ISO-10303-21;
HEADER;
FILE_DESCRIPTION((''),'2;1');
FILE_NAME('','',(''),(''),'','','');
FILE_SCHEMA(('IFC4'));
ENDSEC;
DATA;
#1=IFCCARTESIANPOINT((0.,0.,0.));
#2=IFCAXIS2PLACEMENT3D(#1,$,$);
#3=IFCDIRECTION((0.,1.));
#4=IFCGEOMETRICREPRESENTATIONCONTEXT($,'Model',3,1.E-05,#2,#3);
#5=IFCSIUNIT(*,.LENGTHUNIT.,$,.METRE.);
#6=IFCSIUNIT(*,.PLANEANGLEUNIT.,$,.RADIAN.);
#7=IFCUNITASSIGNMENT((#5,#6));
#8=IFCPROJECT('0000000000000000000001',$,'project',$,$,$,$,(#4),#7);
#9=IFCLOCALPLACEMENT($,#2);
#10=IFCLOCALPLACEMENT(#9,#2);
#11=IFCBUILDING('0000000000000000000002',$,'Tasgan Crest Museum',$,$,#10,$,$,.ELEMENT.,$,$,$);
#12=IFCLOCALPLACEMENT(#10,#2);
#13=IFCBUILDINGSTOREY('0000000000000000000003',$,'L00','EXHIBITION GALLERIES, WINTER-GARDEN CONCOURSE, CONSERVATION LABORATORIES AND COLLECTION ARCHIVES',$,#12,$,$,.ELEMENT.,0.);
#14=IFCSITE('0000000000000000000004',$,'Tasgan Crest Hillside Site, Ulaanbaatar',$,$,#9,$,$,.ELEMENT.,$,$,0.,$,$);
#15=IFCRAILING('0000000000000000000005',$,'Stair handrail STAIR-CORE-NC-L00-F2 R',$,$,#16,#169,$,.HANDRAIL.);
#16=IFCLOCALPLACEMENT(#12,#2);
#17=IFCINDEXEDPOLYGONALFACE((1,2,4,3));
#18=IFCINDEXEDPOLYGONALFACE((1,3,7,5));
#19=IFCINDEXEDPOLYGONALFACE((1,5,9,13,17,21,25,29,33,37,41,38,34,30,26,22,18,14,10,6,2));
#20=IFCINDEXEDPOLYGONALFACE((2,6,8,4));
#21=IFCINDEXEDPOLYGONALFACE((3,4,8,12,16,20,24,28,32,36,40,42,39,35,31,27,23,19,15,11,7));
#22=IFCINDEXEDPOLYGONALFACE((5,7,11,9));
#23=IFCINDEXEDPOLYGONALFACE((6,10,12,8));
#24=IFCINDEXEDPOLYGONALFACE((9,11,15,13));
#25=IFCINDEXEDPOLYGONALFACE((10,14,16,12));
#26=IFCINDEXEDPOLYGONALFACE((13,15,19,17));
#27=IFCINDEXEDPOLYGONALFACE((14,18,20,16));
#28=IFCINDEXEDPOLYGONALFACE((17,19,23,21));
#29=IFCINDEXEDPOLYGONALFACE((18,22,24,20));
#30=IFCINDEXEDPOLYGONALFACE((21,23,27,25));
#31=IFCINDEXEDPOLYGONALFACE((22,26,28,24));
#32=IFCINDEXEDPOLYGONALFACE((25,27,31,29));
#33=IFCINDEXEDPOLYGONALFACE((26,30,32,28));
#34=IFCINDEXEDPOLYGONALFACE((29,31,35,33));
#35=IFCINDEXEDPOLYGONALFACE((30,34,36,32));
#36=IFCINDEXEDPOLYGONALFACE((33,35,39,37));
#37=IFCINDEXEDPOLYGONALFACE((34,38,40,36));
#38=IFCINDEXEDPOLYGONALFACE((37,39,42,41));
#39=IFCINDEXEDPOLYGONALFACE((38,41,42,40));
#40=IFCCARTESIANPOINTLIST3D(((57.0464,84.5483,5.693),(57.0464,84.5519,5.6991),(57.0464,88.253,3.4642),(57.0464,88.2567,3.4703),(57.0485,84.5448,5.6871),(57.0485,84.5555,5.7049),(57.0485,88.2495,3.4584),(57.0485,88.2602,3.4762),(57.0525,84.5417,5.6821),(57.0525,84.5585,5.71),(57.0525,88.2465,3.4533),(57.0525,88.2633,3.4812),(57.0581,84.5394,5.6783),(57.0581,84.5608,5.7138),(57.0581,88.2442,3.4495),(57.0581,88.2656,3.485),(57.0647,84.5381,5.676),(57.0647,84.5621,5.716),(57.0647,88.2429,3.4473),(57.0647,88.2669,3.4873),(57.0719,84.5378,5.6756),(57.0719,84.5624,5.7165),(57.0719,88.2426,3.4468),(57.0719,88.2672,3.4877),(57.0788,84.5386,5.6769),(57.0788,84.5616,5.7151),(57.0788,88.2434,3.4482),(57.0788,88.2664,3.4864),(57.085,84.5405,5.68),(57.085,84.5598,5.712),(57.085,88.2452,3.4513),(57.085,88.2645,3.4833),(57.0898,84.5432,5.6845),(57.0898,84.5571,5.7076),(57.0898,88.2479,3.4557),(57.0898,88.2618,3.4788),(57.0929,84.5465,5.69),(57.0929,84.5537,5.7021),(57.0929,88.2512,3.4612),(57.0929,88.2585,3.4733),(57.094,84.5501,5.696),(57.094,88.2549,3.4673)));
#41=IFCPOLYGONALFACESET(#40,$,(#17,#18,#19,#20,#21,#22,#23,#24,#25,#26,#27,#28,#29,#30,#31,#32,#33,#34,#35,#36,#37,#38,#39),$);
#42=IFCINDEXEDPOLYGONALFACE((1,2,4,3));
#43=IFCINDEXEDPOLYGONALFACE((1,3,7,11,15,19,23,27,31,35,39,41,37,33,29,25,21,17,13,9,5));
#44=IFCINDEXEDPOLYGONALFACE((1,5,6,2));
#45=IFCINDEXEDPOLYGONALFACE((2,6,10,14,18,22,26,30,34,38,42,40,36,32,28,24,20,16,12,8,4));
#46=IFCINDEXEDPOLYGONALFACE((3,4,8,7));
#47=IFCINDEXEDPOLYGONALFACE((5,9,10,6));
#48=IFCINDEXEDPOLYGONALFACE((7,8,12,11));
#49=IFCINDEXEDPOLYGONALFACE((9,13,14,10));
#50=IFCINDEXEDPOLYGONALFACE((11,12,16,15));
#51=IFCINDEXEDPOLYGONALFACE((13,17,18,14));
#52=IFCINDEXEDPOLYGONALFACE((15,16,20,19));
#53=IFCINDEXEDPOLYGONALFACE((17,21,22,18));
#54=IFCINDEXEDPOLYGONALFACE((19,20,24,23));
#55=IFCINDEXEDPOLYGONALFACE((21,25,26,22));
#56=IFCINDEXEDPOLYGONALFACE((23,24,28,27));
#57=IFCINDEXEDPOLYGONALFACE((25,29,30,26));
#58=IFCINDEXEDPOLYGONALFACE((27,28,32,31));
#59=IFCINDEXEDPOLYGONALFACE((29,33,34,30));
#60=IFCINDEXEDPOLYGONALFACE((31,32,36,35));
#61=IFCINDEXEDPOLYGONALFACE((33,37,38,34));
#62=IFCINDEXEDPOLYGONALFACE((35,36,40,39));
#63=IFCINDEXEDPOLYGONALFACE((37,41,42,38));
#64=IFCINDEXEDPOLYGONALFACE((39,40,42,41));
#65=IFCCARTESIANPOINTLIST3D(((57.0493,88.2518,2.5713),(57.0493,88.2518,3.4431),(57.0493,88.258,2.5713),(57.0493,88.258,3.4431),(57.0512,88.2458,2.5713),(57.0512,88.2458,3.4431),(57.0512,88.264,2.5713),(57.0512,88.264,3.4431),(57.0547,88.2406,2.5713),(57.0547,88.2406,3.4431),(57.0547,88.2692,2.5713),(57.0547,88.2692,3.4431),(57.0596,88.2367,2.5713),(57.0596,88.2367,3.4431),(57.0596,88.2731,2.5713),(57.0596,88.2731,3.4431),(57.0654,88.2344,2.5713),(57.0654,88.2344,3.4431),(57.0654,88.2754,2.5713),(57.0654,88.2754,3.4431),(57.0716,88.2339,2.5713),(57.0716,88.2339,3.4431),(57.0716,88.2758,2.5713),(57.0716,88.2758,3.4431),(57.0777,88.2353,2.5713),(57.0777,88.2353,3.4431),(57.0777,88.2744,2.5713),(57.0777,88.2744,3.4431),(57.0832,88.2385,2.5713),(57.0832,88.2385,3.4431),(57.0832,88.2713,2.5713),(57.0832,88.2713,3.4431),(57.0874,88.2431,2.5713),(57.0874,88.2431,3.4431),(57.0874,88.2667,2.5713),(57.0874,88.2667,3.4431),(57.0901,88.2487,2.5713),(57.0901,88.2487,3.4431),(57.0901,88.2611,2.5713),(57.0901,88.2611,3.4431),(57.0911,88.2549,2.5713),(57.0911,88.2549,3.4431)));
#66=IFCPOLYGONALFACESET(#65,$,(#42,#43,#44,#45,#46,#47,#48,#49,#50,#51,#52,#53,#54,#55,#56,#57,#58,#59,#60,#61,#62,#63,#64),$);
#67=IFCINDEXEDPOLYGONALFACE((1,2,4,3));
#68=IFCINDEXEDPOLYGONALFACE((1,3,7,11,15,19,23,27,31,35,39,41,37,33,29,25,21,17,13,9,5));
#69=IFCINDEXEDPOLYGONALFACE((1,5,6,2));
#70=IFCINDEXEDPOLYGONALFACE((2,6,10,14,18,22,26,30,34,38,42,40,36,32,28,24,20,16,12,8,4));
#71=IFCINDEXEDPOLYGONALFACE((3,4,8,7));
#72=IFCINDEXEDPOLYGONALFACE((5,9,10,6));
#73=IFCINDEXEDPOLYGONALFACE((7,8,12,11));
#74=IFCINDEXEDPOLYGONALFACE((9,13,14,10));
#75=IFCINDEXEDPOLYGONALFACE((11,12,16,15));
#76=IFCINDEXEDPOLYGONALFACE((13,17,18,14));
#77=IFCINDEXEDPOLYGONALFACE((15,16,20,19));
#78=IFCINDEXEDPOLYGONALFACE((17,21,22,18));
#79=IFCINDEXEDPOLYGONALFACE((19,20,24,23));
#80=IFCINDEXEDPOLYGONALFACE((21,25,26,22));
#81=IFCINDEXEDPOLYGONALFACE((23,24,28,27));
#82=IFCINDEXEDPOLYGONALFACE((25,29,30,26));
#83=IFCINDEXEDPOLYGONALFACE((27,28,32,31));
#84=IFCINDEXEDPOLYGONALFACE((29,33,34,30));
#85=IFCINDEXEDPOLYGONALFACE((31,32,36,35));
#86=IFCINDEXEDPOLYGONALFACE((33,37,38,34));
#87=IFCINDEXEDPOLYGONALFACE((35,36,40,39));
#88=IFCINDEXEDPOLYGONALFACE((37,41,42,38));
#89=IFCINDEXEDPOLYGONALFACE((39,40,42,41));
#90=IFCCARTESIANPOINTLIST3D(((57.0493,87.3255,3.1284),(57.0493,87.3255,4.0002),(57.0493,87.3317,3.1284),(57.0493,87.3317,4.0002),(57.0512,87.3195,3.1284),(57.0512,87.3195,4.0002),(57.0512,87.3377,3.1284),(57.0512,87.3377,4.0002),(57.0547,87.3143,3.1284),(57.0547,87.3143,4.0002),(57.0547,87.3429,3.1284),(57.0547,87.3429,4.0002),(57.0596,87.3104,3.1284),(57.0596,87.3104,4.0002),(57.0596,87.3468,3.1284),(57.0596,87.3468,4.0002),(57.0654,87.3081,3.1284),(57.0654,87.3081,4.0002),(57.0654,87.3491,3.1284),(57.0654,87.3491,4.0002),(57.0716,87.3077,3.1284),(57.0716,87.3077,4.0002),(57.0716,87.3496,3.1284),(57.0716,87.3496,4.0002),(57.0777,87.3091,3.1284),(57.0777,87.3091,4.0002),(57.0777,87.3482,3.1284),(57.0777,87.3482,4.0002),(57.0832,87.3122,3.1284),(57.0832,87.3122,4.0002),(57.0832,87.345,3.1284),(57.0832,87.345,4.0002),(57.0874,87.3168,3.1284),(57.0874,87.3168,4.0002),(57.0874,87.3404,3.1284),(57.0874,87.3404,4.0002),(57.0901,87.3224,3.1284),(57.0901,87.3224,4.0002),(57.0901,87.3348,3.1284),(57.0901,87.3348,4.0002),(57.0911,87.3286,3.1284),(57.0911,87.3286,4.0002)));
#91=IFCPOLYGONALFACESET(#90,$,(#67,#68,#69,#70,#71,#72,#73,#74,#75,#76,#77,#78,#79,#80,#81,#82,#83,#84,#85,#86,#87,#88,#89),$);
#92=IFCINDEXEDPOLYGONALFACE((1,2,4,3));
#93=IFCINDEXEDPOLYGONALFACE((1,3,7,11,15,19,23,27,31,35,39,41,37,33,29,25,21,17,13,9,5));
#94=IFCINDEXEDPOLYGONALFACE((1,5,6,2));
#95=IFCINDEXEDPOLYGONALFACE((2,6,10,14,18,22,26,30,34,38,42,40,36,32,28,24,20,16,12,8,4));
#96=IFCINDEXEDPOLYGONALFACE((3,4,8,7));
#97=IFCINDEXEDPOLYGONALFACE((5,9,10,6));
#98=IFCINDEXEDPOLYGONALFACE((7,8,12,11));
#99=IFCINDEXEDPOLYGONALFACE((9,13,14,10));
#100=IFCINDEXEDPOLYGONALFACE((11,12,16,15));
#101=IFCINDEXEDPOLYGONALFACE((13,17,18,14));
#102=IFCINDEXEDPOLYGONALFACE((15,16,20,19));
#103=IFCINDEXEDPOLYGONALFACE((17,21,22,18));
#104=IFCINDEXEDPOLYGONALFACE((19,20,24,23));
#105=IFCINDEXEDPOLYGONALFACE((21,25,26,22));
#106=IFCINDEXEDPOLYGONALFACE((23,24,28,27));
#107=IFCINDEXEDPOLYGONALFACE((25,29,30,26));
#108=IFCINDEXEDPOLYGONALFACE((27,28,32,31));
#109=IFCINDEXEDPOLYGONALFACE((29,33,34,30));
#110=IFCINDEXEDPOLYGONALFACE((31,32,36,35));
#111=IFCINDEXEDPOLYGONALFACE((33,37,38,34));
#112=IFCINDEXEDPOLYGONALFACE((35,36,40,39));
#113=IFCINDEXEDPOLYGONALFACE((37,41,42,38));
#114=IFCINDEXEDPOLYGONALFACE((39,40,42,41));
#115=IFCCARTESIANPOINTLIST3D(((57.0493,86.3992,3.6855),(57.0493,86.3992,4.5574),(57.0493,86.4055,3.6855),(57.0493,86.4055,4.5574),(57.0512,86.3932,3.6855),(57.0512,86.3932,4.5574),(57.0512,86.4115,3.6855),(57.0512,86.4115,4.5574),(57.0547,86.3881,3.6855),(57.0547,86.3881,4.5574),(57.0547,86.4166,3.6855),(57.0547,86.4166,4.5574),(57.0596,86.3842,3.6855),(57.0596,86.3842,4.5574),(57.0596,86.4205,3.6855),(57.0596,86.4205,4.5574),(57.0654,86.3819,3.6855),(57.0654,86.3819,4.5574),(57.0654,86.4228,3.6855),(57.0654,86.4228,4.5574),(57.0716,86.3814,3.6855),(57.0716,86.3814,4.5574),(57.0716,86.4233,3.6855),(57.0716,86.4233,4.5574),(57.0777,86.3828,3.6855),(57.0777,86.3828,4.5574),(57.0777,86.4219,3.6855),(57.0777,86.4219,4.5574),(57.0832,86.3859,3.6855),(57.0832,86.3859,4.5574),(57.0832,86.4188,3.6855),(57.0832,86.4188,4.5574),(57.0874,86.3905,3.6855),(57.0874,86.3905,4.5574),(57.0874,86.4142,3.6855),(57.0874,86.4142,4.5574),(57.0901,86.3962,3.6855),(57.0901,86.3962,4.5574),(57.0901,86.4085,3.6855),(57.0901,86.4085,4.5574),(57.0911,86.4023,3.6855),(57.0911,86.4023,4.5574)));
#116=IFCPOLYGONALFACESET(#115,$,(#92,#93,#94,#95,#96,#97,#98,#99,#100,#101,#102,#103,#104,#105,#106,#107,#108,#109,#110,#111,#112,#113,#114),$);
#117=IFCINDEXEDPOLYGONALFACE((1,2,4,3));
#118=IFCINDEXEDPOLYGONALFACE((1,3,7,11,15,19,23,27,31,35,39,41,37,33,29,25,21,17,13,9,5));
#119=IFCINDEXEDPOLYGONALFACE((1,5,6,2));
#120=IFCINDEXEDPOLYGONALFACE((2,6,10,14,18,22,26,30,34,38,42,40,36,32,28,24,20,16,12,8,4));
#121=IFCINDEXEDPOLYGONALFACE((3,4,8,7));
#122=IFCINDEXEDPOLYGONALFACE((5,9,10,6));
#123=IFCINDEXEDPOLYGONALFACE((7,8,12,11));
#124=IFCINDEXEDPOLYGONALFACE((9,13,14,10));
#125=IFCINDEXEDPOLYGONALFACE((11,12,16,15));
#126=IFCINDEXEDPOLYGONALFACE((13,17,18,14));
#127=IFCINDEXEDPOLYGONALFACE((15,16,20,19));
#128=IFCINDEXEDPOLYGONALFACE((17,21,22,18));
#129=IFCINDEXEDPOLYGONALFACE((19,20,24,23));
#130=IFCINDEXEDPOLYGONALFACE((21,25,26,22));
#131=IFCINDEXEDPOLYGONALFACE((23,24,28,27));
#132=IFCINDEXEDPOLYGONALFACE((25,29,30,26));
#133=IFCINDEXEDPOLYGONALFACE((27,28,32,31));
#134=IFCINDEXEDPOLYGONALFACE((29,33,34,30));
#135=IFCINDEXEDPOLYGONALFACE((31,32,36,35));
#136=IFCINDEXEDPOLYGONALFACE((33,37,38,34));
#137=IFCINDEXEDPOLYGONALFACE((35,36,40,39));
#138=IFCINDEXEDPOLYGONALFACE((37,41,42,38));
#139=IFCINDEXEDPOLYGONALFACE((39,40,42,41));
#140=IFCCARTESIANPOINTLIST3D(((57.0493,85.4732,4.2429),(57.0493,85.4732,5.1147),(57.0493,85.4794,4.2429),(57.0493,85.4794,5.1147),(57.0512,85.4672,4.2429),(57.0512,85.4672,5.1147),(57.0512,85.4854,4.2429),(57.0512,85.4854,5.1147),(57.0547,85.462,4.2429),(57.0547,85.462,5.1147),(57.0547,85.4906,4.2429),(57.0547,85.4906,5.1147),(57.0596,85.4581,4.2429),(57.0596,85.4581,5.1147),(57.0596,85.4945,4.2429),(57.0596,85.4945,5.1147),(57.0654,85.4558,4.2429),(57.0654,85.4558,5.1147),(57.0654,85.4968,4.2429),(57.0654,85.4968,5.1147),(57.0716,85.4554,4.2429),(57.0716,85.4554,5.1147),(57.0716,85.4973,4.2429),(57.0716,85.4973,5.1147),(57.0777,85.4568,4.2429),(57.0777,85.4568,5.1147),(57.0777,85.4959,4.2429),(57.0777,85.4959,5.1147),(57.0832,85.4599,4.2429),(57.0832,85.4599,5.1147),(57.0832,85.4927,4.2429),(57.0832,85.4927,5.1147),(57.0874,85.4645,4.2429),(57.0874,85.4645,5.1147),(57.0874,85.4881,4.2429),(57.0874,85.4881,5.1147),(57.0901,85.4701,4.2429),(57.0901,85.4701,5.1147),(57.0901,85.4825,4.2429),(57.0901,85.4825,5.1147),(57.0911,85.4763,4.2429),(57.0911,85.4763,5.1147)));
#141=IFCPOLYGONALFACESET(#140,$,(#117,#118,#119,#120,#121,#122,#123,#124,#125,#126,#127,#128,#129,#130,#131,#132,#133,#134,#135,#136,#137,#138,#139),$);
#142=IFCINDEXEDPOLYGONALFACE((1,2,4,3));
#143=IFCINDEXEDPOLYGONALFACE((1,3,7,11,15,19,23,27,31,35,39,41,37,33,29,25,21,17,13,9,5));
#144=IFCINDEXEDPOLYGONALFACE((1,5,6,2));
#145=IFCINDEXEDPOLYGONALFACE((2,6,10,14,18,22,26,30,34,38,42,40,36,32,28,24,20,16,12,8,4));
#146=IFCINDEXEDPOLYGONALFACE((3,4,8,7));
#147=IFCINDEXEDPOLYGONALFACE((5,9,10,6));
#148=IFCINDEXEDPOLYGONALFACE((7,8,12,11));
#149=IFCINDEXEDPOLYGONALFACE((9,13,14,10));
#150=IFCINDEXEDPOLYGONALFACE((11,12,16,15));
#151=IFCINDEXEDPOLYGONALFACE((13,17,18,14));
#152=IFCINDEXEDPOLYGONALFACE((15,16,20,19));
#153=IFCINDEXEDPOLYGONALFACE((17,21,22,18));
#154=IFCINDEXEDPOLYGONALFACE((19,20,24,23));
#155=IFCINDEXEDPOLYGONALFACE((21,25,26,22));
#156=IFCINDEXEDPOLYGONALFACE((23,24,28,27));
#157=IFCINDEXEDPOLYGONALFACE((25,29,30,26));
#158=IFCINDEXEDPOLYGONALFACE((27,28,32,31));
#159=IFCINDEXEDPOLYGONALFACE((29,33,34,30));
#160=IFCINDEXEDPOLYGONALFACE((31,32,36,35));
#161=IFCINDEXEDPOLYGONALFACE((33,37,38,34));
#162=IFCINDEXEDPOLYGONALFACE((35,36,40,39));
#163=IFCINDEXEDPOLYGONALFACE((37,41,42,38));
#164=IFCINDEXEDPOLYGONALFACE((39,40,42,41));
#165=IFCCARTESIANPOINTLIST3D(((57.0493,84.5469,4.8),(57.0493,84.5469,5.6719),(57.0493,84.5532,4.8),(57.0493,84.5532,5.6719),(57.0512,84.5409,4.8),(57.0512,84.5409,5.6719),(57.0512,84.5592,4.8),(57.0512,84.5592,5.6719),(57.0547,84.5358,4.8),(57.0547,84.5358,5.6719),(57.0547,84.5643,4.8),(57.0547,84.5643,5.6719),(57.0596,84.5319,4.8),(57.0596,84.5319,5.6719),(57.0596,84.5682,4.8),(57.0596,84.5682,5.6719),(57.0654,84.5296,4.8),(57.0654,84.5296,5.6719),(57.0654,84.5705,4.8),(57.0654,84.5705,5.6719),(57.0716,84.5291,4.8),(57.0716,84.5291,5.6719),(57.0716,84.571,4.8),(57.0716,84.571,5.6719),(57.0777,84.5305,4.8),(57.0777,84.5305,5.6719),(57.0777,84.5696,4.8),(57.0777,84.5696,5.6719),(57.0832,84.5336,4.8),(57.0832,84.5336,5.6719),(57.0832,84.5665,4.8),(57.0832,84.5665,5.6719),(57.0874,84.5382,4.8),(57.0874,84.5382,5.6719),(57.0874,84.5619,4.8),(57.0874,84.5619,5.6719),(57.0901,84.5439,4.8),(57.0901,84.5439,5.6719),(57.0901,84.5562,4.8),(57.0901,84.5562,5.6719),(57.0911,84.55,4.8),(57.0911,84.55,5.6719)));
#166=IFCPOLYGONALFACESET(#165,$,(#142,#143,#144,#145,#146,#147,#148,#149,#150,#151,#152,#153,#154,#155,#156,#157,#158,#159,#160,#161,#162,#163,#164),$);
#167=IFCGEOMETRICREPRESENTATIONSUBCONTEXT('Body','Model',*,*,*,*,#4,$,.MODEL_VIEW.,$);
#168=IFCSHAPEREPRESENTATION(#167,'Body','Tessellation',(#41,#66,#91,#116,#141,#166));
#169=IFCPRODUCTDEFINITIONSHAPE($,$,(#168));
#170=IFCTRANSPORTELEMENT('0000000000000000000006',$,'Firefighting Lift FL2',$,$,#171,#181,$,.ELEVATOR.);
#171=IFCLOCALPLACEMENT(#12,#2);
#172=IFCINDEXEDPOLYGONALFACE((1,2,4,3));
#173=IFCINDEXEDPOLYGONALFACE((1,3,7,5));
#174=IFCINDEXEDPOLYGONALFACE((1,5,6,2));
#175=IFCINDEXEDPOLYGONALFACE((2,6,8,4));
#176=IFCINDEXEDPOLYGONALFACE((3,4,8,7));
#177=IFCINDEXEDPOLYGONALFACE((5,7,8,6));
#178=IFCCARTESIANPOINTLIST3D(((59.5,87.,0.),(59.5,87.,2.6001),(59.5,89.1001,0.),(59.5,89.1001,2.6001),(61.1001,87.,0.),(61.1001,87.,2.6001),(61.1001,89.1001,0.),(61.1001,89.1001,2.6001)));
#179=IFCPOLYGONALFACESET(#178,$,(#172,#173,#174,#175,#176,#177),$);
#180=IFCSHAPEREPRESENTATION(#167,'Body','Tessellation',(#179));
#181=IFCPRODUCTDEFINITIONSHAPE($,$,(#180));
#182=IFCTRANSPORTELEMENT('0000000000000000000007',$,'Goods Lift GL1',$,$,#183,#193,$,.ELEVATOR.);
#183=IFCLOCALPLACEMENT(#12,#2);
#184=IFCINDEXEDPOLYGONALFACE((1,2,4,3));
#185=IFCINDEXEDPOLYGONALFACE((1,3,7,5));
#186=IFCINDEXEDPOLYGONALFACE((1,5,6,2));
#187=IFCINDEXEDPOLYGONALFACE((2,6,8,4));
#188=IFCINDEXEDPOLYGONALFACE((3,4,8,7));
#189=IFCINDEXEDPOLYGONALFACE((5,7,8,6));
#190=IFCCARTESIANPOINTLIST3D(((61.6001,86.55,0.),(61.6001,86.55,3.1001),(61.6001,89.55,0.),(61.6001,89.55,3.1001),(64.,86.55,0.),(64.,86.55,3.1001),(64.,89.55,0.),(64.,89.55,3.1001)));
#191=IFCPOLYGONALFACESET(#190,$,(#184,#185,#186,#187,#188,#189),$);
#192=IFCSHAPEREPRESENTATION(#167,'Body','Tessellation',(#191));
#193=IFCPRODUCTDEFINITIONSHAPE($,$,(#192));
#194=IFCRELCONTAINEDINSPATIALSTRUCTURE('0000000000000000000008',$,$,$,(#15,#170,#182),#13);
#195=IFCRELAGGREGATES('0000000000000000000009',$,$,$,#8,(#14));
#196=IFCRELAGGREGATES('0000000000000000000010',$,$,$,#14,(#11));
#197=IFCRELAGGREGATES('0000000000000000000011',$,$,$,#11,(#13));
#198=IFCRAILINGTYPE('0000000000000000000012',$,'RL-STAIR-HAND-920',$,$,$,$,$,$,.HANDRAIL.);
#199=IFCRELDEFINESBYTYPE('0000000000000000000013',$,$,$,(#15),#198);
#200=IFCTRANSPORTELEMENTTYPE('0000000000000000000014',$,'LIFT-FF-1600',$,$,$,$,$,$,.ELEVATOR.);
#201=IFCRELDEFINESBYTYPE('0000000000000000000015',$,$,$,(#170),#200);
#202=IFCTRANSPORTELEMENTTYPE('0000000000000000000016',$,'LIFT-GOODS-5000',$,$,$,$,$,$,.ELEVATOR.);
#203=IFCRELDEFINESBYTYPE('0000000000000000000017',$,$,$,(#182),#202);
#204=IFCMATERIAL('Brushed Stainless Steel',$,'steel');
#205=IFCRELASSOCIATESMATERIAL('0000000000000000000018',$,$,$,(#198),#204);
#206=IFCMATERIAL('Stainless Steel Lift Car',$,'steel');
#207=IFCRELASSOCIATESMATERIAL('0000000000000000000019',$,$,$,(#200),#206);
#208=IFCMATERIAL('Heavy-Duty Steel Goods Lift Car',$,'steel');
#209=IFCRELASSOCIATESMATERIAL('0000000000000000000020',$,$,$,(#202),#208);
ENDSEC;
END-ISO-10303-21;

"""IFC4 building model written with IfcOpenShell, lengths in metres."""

from ifc_helpers import new_model, si_unit, direction, frame, origin, origin_2d, place, context, subcontext, project, spatial, rectangle, circle, extrude, material, type_object, element, save


model = new_model("IFC4")

# Units and contexts
model_context = context("Model", 3, precision=1e-05, world=origin(), true_north=direction((0.0, 1.0)))
body_context = subcontext(model_context, "Body", "Model", "MODEL_VIEW")
ifc_project = project(units=[si_unit("LENGTHUNIT", "METRE"), si_unit("PLANEANGLEUNIT", "RADIAN")], contexts=[model_context])

# Site, building, storey
site_placement = place(None, origin())
site = spatial("IfcSite", under=ifc_project, at=site_placement, Name="Tasgan Crest Hillside Site, Ulaanbaatar", CompositionType="ELEMENT", RefElevation=0.0)
building_placement = place(site_placement, origin())
building = spatial("IfcBuilding", under=site, at=building_placement, Name="Tasgan Crest Museum", CompositionType="ELEMENT")
storey_placement = place(building_placement, origin())
storey = spatial("IfcBuildingStorey", under=building, at=storey_placement, Name="L00", Description="EXHIBITION GALLERIES, WINTER-GARDEN CONCOURSE, CONSERVATION LABORATORIES AND COLLECTION ARCHIVES", CompositionType="ELEMENT", Elevation=0.0)

# Railing
ifc_material_1 = material(Name="Brushed Stainless Steel", Category="steel")
railing_type_1 = type_object("IfcRailingType", Name="RL-STAIR-HAND-920", PredefinedType="HANDRAIL", material=ifc_material_1)
for number, where, name in (
    (1, (57.0701, 88.2549, 2.5713), "Stair handrail STAIR-CORE-NC-L00-F2 R"),
):
    element("IfcRailing", number, at=place(storey_placement, frame(where)), inside=storey, type_object=railing_type_1, Name=name, PredefinedType="HANDRAIL", context=body_context, shape_type="SweptSolid", body=[
        extrude(circle(Radius=0.0239, at=origin_2d()), frame((0.0, 0.0, 0.896), z_axis=(0.0, -0.856894, 0.515492), x_axis=(1.0, 0.0, 0.0)), (0.0, 0.0, 1.0), 4.3235),
        extrude(circle(Radius=0.021, at=origin_2d()), origin(), (0.0, 0.0, 1.0), 0.8718),
        extrude(circle(Radius=0.021, at=origin_2d()), frame((0.0, -0.9263, 0.5571)), (0.0, 0.0, 1.0), 0.8718),
        extrude(circle(Radius=0.021, at=origin_2d()), frame((0.0, -1.8525, 1.1143)), (0.0, 0.0, 1.0), 0.8718),
        extrude(circle(Radius=0.021, at=origin_2d()), frame((0.0, -2.7786, 1.6716)), (0.0, 0.0, 1.0), 0.8718),
        extrude(circle(Radius=0.021, at=origin_2d()), frame((0.0, -3.7048, 2.2288)), (0.0, 0.0, 1.0), 0.8718),
    ])

# Transport elements
ifc_material_2 = material(Name="Stainless Steel Lift Car", Category="steel")
transport_element_type_1 = type_object("IfcTransportElementType", Name="LIFT-FF-1600", PredefinedType="ELEVATOR", material=ifc_material_2)
transport_element_1_placement = place(storey_placement, frame((60.3, 88.05, 0.0), z_axis=(0.0, 0.0, 1.0), x_axis=(1.0, 0.0, 0.0)))
element("IfcTransportElement", 2, at=transport_element_1_placement, inside=storey, type_object=transport_element_type_1, Name="Firefighting Lift FL2", PredefinedType="ELEVATOR", context=body_context, shape_type="SweptSolid", body=[
    extrude(rectangle(XDim=1.6001, YDim=2.1001, at=origin_2d()), origin(), (0.0, 0.0, 1.0), 2.6001),
])
ifc_material_3 = material(Name="Heavy-Duty Steel Goods Lift Car", Category="steel")
transport_element_type_2 = type_object("IfcTransportElementType", Name="LIFT-GOODS-5000", PredefinedType="ELEVATOR", material=ifc_material_3)
transport_element_2_placement = place(storey_placement, frame((62.8, 88.05, 0.0), z_axis=(0.0, 0.0, 1.0), x_axis=(1.0, 0.0, 0.0)))
element("IfcTransportElement", 3, at=transport_element_2_placement, inside=storey, type_object=transport_element_type_2, Name="Goods Lift GL1", PredefinedType="ELEVATOR", context=body_context, shape_type="SweptSolid", body=[
    extrude(rectangle(XDim=2.3999, YDim=3.0, at=origin_2d()), origin(), (0.0, 0.0, 1.0), 3.1001),
])

save(model, "model.ifc")
